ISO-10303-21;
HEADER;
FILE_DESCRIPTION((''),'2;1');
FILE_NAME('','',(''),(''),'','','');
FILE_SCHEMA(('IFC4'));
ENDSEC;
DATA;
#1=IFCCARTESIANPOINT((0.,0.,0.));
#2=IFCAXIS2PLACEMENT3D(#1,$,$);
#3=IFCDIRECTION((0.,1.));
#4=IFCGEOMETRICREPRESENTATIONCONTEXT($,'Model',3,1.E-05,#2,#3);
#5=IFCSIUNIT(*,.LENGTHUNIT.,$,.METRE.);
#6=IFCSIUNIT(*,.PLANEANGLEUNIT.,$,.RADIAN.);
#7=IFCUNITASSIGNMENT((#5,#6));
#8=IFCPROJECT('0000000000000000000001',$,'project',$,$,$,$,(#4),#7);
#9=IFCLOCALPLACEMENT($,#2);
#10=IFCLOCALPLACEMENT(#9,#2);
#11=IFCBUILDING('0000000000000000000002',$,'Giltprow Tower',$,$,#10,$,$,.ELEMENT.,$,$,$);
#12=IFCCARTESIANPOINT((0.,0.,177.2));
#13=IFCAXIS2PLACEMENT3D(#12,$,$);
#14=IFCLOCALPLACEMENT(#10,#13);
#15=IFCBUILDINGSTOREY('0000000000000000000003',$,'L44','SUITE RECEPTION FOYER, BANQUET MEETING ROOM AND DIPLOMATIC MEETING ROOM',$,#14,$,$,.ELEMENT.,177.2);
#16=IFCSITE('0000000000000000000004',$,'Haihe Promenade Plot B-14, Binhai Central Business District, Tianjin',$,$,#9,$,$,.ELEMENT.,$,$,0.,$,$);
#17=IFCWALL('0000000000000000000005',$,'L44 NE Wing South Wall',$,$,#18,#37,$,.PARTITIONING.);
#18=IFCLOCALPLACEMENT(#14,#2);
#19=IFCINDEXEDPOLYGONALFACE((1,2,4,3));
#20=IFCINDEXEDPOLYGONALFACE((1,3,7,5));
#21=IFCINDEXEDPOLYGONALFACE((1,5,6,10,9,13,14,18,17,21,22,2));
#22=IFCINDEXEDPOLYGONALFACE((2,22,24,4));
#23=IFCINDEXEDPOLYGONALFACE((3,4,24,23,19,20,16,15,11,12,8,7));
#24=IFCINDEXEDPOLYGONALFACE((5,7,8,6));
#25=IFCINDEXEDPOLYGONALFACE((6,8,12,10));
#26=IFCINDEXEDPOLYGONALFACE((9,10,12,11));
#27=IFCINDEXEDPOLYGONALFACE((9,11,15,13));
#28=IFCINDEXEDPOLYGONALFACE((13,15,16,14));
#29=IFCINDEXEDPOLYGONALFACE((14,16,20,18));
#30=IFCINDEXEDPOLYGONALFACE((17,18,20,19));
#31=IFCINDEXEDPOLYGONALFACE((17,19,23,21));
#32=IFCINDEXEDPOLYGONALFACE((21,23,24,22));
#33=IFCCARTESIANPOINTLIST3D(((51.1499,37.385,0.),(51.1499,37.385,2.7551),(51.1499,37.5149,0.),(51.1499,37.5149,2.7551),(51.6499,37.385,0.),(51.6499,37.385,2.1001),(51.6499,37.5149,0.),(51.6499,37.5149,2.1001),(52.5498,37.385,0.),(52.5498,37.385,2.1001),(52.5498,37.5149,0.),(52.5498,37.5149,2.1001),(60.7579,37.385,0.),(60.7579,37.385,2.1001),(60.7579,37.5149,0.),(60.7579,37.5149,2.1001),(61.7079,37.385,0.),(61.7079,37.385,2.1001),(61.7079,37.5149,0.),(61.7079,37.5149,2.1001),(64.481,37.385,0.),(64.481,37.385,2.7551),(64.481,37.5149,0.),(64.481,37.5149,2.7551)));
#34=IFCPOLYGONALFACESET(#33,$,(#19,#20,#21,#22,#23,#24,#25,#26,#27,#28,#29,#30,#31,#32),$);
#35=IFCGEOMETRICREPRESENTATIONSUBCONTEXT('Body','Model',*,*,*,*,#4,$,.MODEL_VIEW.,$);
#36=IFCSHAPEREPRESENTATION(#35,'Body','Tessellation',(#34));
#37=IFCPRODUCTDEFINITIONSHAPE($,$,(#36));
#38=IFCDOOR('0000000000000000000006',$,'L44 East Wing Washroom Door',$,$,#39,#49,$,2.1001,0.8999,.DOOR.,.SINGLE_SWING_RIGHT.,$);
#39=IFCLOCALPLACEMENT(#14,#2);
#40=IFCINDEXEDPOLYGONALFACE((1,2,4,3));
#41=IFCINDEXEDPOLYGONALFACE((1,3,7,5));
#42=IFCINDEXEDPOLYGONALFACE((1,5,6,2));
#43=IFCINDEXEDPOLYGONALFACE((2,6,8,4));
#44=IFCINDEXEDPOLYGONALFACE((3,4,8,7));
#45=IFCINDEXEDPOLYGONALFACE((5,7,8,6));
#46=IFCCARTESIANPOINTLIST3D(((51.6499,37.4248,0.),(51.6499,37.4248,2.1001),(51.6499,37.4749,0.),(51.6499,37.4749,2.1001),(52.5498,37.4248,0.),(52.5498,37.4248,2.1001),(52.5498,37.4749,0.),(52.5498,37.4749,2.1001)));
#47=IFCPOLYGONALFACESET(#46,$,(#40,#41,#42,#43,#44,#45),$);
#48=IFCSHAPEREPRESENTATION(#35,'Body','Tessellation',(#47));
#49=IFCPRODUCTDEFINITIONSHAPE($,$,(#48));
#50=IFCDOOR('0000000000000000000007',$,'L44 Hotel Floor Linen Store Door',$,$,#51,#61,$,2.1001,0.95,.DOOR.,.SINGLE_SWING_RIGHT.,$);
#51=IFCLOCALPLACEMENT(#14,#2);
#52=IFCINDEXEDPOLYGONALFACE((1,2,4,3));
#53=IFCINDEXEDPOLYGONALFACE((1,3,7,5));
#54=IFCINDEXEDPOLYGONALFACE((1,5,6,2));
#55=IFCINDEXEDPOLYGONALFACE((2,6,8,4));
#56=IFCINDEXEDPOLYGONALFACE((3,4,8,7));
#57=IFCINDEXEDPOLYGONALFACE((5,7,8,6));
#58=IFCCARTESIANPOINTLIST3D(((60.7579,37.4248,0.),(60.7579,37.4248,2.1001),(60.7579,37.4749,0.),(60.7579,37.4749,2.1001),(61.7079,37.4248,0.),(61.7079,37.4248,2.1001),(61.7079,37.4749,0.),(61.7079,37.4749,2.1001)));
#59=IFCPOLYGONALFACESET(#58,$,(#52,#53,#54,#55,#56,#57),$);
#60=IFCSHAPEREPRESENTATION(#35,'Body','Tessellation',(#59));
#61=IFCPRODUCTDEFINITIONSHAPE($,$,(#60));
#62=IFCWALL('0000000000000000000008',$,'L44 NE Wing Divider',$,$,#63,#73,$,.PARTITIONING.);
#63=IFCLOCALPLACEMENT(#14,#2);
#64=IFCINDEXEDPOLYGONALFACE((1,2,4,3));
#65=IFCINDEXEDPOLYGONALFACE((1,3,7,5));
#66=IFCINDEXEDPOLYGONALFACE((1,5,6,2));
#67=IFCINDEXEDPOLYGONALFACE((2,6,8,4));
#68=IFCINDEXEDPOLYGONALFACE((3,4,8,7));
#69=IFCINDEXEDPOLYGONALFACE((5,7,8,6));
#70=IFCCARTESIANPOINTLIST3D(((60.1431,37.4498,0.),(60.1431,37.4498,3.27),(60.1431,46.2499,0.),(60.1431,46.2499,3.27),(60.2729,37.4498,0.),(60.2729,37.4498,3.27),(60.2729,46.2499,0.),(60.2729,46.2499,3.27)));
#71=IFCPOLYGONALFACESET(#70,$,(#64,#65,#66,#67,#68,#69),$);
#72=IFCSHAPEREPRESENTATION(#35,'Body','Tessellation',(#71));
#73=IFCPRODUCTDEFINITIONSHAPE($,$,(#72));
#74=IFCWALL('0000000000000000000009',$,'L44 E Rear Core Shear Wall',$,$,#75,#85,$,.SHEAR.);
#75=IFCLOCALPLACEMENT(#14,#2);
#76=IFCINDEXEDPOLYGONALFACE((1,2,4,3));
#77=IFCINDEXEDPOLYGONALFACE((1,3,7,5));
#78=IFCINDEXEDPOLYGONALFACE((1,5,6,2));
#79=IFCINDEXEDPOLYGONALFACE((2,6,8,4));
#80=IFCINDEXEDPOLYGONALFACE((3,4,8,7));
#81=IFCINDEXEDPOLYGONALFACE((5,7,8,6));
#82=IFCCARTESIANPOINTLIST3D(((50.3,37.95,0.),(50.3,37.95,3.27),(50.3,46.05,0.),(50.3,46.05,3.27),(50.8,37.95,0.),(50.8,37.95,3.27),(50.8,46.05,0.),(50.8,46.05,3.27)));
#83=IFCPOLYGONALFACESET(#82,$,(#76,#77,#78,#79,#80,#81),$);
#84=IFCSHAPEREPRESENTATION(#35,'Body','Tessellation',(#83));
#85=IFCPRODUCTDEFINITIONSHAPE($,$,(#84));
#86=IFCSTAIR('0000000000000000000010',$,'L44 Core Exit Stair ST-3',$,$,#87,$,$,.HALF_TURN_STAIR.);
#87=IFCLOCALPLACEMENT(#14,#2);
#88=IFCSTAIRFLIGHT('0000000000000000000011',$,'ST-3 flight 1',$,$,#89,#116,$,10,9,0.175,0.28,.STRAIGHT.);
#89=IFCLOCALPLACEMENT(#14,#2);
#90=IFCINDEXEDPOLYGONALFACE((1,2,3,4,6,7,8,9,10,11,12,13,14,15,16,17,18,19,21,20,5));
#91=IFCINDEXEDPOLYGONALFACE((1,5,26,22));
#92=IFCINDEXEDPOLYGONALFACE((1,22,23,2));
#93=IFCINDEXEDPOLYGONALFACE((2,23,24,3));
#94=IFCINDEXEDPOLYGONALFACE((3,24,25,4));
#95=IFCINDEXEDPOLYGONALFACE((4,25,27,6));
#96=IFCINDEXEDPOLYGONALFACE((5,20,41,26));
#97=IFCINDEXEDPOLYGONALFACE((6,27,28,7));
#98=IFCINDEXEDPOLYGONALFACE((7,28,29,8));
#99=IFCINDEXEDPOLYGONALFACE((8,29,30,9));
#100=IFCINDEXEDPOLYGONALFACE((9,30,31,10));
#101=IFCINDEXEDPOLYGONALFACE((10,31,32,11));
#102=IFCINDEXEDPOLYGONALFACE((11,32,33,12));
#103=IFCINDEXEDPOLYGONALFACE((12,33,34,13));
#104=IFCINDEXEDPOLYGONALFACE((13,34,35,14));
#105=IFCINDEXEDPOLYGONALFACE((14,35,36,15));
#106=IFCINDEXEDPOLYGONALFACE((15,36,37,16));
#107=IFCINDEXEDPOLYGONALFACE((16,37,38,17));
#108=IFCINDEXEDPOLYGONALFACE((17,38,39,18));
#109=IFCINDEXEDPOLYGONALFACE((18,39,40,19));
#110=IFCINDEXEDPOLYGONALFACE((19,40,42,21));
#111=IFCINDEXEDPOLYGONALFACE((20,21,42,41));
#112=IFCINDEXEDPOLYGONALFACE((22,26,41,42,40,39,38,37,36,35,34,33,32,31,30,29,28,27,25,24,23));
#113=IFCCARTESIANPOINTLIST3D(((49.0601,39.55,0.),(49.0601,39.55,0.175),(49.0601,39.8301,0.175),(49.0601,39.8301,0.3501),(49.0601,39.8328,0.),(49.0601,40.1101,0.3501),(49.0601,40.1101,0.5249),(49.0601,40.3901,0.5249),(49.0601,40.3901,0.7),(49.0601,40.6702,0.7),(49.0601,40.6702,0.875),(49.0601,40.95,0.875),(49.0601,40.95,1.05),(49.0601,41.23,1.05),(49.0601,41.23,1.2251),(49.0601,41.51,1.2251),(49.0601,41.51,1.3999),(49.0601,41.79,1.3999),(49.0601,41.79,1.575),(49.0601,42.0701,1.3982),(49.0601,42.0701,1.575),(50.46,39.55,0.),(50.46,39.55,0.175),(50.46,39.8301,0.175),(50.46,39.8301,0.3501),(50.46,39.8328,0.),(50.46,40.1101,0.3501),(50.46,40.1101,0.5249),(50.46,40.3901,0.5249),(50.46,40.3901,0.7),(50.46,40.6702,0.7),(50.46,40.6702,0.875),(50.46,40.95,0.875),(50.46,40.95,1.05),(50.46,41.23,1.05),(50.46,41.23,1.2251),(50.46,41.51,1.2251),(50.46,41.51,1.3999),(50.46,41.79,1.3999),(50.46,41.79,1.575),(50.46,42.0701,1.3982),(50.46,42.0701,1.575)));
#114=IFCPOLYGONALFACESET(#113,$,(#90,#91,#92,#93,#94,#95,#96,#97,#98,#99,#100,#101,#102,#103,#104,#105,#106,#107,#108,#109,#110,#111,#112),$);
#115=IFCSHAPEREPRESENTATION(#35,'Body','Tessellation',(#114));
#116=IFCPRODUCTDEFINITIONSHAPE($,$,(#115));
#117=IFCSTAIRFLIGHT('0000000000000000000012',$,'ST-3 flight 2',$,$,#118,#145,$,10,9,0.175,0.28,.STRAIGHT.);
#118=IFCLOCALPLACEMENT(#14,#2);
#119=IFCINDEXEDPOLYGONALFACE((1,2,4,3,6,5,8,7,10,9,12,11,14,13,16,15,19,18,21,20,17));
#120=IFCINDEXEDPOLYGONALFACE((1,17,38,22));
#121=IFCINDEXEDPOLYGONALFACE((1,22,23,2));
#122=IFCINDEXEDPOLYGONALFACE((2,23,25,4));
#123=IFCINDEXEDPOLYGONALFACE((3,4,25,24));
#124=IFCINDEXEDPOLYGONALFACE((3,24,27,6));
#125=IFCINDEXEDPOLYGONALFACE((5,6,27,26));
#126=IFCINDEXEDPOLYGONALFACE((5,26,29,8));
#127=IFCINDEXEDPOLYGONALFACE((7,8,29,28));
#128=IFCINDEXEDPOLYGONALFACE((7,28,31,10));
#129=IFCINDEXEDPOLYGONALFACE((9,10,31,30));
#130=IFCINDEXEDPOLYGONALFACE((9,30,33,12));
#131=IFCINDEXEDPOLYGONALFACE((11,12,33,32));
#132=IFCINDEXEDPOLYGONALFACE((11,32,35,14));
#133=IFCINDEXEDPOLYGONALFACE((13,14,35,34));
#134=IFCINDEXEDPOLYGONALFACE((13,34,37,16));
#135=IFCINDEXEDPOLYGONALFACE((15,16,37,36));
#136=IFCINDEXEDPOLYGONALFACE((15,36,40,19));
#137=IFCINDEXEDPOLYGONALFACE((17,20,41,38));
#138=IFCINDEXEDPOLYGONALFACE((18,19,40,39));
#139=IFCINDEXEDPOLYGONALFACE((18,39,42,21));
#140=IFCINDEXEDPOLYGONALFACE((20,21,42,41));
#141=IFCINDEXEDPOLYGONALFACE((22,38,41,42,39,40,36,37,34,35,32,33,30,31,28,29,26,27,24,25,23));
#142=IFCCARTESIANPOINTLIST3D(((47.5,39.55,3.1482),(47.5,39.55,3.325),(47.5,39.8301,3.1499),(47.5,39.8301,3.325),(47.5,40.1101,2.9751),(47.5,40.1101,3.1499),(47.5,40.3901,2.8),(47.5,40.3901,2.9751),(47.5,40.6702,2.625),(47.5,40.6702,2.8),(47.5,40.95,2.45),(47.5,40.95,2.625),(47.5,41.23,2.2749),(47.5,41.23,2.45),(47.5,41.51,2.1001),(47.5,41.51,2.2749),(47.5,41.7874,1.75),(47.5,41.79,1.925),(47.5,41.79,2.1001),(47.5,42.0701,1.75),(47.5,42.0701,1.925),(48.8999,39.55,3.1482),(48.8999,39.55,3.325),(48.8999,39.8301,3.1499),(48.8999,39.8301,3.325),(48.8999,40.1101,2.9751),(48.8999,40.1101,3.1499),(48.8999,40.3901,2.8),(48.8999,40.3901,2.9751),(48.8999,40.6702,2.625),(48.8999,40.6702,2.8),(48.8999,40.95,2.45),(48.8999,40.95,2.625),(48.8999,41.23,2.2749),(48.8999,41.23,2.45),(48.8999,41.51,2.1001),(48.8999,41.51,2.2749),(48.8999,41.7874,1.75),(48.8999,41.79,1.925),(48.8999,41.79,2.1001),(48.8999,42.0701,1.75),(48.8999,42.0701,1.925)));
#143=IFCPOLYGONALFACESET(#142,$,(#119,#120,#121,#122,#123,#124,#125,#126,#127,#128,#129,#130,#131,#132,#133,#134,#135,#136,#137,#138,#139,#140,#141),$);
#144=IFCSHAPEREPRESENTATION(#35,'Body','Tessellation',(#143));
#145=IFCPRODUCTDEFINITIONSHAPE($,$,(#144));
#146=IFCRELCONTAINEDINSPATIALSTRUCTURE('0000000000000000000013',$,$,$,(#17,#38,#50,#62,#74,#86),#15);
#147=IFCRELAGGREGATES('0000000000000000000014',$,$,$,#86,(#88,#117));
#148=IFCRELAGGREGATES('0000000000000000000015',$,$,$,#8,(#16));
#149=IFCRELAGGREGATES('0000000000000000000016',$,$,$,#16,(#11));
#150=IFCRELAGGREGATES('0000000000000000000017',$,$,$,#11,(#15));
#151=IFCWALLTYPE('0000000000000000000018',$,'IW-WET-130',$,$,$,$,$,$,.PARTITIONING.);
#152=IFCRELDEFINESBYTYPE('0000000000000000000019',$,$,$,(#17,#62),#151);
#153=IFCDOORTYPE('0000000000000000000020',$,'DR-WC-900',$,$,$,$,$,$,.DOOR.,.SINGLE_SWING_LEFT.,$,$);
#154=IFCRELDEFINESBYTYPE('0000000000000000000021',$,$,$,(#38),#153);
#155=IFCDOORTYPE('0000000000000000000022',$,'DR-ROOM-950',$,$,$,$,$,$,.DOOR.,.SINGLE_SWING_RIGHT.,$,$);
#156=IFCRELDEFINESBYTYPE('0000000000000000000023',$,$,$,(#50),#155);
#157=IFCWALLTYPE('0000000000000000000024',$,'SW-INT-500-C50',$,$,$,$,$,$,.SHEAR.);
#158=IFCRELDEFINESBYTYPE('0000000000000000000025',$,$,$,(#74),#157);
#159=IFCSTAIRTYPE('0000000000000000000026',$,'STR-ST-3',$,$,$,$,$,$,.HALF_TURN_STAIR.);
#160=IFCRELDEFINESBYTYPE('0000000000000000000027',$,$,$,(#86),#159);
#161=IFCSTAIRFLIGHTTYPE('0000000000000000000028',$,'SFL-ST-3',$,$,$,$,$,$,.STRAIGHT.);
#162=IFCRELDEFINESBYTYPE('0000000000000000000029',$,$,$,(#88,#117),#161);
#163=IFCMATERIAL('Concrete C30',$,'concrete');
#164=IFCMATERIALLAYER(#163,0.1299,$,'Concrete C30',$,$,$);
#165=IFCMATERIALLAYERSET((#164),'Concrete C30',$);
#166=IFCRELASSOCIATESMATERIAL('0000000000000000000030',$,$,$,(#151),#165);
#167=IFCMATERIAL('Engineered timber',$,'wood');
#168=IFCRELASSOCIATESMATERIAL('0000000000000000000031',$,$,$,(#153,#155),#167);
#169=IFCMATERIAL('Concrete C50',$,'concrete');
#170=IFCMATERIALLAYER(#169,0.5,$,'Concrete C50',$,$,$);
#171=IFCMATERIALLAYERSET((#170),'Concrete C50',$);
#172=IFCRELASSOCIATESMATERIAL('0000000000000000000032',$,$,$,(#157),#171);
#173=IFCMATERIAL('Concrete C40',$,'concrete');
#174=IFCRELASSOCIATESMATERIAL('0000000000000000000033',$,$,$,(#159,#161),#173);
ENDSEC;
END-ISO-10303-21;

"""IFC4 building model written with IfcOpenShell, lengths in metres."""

from ifc_helpers import new_model, si_unit, direction, frame, frame_2d, origin, place, context, subcontext, project, spatial, polyline, rectangle, outline, extrude, source, transform, mapped, material, layer, layer_set, type_object, element, fill, aggregate, save


model = new_model("IFC4")

# Units and contexts
model_context = context("Model", 3, precision=1e-05, world=origin(), true_north=direction((0.0, 1.0)))
body_context = subcontext(model_context, "Body", "Model", "MODEL_VIEW")
ifc_project = project(units=[si_unit("LENGTHUNIT", "METRE"), si_unit("PLANEANGLEUNIT", "RADIAN")], contexts=[model_context])

# Site, building, storey
site_placement = place(None, origin())
site = spatial("IfcSite", under=ifc_project, at=site_placement, Name="Haihe Promenade Plot B-14, Binhai Central Business District, Tianjin", CompositionType="ELEMENT", RefElevation=0.0)
building_placement = place(site_placement, origin())
building = spatial("IfcBuilding", under=site, at=building_placement, Name="Giltprow Tower", CompositionType="ELEMENT")
storey_placement = place(building_placement, frame((0.0, 0.0, 177.2)))
storey = spatial("IfcBuildingStorey", under=building, at=storey_placement, Name="L44", Description="SUITE RECEPTION FOYER, BANQUET MEETING ROOM AND DIPLOMATIC MEETING ROOM", CompositionType="ELEMENT", Elevation=177.2)

# Shared definitions
ifc_material_1 = material(Name="Concrete C50", Category="concrete")

# Shared definitions
ifc_material_2 = material(Name="Concrete C40", Category="concrete")

# Wall, openings, doors
ifc_material_3 = material(Name="Concrete C30", Category="concrete")
ifc_layer_1 = layer(ifc_material_3, 0.1299, Name="Concrete C30")
ifc_layer_set_1 = layer_set([ifc_layer_1], Name="Concrete C30")
wall_type_1 = type_object("IfcWallType", Name="IW-WET-130", PredefinedType="PARTITIONING", material=ifc_layer_set_1)
wall_1_placement = place(storey_placement, frame((51.1499, 37.45, 0.0), z_axis=(0.0, 0.0, 1.0), x_axis=(1.0, 0.0, 0.0)))
wall_1 = element("IfcWall", 1, at=wall_1_placement, inside=storey, type_object=wall_type_1, Name="L44 NE Wing South Wall", PredefinedType="PARTITIONING", context=body_context, shape_type="SweptSolid", body=[
    extrude(rectangle(XDim=13.3311, YDim=0.1299, at=frame_2d((6.6655, 0.0))), origin(), (0.0, 0.0, 1.0), 2.7551),
])
opening_1_placement = place(wall_1_placement, frame((0.5, 0.0, 0.0)))
opening_1 = element("IfcOpeningElement", 2, at=opening_1_placement, cuts=wall_1, PredefinedType="OPENING", context=body_context, shape_type="SweptSolid", body=[
    extrude(rectangle(XDim=0.8999, YDim=2.1001, at=frame_2d((0.45, 1.05))), frame((0.0, 0.075, 0.0), z_axis=(0.0, -1.0, 0.0), x_axis=(1.0, 0.0, 0.0)), (0.0, 0.0, 1.0), 0.1499),
])
opening_2_placement = place(wall_1_placement, frame((9.6079, 0.0, 0.0)))
opening_2 = element("IfcOpeningElement", 3, at=opening_2_placement, cuts=wall_1, PredefinedType="OPENING", context=body_context, shape_type="SweptSolid", body=[
    extrude(rectangle(XDim=0.95, YDim=2.1001, at=frame_2d((0.4751, 1.05))), frame((0.0, 0.075, 0.0), z_axis=(0.0, -1.0, 0.0), x_axis=(1.0, 0.0, 0.0)), (0.0, 0.0, 1.0), 0.1499),
])
ifc_material_4 = material(Name="Engineered timber", Category="wood")
door_type_1 = type_object("IfcDoorType", Name="DR-WC-900", OperationType="SINGLE_SWING_LEFT", PredefinedType="DOOR", material=ifc_material_4)
shared_shape_1 = source(origin(), body_context, "Body", "SweptSolid", [
    extrude(rectangle(XDim=0.8999, YDim=2.1001, at=frame_2d((0.45, 1.05))), frame((0.0, 0.0249, 0.0), z_axis=(0.0, -1.0, 0.0), x_axis=(1.0, 0.0, 0.0)), (0.0, 0.0, 1.0), 0.05),
])
door_1_placement = place(opening_1_placement, origin())
door_1 = element("IfcDoor", 4, at=door_1_placement, inside=storey, type_object=door_type_1, Name="L44 East Wing Washroom Door", OperationType="SINGLE_SWING_RIGHT", OverallHeight=2.1001, OverallWidth=0.8999, PredefinedType="DOOR", context=body_context, shape_type="MappedRepresentation", body=[
    mapped(shared_shape_1, transform((0.0, 0.0, 0.0), x_axis=(1.0, 0.0, 0.0), y_axis=(0.0, 1.0, 0.0), z_axis=(0.0, 0.0, 1.0), scale=1.0)),
])
fill(opening_1, door_1)
door_type_2 = type_object("IfcDoorType", Name="DR-ROOM-950", OperationType="SINGLE_SWING_RIGHT", PredefinedType="DOOR", material=ifc_material_4)
shared_shape_2 = source(origin(), body_context, "Body", "SweptSolid", [
    extrude(rectangle(XDim=0.95, YDim=2.1001, at=frame_2d((0.4751, 1.05))), frame((0.0, 0.0249, 0.0), z_axis=(0.0, -1.0, 0.0), x_axis=(1.0, 0.0, 0.0)), (0.0, 0.0, 1.0), 0.05),
])
door_2_placement = place(opening_2_placement, origin())
door_2 = element("IfcDoor", 5, at=door_2_placement, inside=storey, type_object=door_type_2, Name="L44 Hotel Floor Linen Store Door", OperationType="SINGLE_SWING_RIGHT", OverallHeight=2.1001, OverallWidth=0.95, PredefinedType="DOOR", context=body_context, shape_type="MappedRepresentation", body=[
    mapped(shared_shape_2, transform((0.0, 0.0, 0.0), x_axis=(1.0, 0.0, 0.0), y_axis=(0.0, 1.0, 0.0), z_axis=(0.0, 0.0, 1.0), scale=1.0)),
])
fill(opening_2, door_2)

# Walls
wall_2_placement = place(storey_placement, frame((60.208, 37.45, 0.0), z_axis=(0.0, 0.0, 1.0), x_axis=(0.0, 1.0, 0.0)))
element("IfcWall", 6, at=wall_2_placement, inside=storey, type_object=wall_type_1, Name="L44 NE Wing Divider", PredefinedType="PARTITIONING", context=body_context, shape_type="SweptSolid", body=[
    extrude(rectangle(XDim=8.8, YDim=0.1299, at=frame_2d((4.3999, 0.0))), origin(), (0.0, 0.0, 1.0), 3.27),
])
ifc_layer_2 = layer(ifc_material_1, 0.5, Name="Concrete C50")
ifc_layer_set_2 = layer_set([ifc_layer_2], Name="Concrete C50")
wall_type_2 = type_object("IfcWallType", Name="SW-INT-500-C50", PredefinedType="SHEAR", material=ifc_layer_set_2)
wall_3_placement = place(storey_placement, frame((50.55, 37.95, 0.0), z_axis=(0.0, 0.0, 1.0), x_axis=(0.0, 1.0, 0.0)))
element("IfcWall", 7, at=wall_3_placement, inside=storey, type_object=wall_type_2, Name="L44 E Rear Core Shear Wall", PredefinedType="SHEAR", context=body_context, shape_type="SweptSolid", body=[
    extrude(rectangle(XDim=8.1001, YDim=0.5, at=frame_2d((4.05, 0.0))), origin(), (0.0, 0.0, 1.0), 3.27),
])

# Stair, stair flights
stair_type = type_object("IfcStairType", Name="STR-ST-3", PredefinedType="HALF_TURN_STAIR", material=ifc_material_2)
stair_placement = place(storey_placement, origin())
stair = element("IfcStair", 8, at=stair_placement, inside=storey, type_object=stair_type, Name="L44 Core Exit Stair ST-3", PredefinedType="HALF_TURN_STAIR")
stair_flight_type = type_object("IfcStairFlightType", Name="SFL-ST-3", PredefinedType="STRAIGHT", material=ifc_material_2)
stair_flight_1_placement = place(storey_placement, frame((49.76, 39.55, 0.0), z_axis=(0.0, 0.0, 1.0), x_axis=(0.0, 1.0, 0.0)))
stair_flight_1 = element("IfcStairFlight", 9, at=stair_flight_1_placement, type_object=stair_flight_type, Name="ST-3 flight 1", NumberOfRisers=10, NumberOfTreads=9, PredefinedType="STRAIGHT", RiserHeight=0.175, TreadLength=0.28, context=body_context, shape_type="SweptSolid", body=[
    extrude(outline(polyline([(0.0, 0.0), (0.0, 0.175), (0.28, 0.175), (0.28, 0.3501), (0.5601, 0.3501), (0.5601, 0.5249), (0.8401, 0.5249), (0.8401, 0.7), (1.1201, 0.7), (1.1201, 0.875), (1.3999, 0.875), (1.3999, 1.05), (1.6799, 1.05), (1.6799, 1.2251), (1.96, 1.2251), (1.96, 1.3999), (2.24, 1.3999), (2.24, 1.575), (2.52, 1.575), (2.52, 1.75), (2.52, 1.3982), (0.2827, 0.0), (0.0, 0.0)])), frame((0.0, 0.7, 0.0), z_axis=(0.0, -1.0, 0.0), x_axis=(1.0, 0.0, 0.0)), (0.0, 0.0, 1.0), 1.3999),
])
stair_flight_2_placement = place(storey_placement, frame((48.2, 42.0701, 1.75), z_axis=(0.0, 0.0, 1.0), x_axis=(0.0, -1.0, 0.0)))
stair_flight_2 = element("IfcStairFlight", 10, at=stair_flight_2_placement, type_object=stair_flight_type, Name="ST-3 flight 2", NumberOfRisers=10, NumberOfTreads=9, PredefinedType="STRAIGHT", RiserHeight=0.175, TreadLength=0.28, context=body_context, shape_type="SweptSolid", body=[
    extrude(outline(polyline([(0.0, 0.0), (0.0, 0.175), (0.28, 0.175), (0.28, 0.3501), (0.5601, 0.3501), (0.5601, 0.5249), (0.8401, 0.5249), (0.8401, 0.7), (1.1201, 0.7), (1.1201, 0.875), (1.3999, 0.875), (1.3999, 1.05), (1.6799, 1.05), (1.6799, 1.2251), (1.96, 1.2251), (1.96, 1.3999), (2.24, 1.3999), (2.24, 1.575), (2.52, 1.575), (2.52, 1.75), (2.52, 1.3982), (0.2827, 0.0), (0.0, 0.0)])), frame((0.0, 0.7, 0.0), z_axis=(0.0, -1.0, 0.0), x_axis=(1.0, 0.0, 0.0)), (0.0, 0.0, 1.0), 1.3999),
])
aggregate(stair, [stair_flight_1, stair_flight_2])

save(model, "model.ifc")
